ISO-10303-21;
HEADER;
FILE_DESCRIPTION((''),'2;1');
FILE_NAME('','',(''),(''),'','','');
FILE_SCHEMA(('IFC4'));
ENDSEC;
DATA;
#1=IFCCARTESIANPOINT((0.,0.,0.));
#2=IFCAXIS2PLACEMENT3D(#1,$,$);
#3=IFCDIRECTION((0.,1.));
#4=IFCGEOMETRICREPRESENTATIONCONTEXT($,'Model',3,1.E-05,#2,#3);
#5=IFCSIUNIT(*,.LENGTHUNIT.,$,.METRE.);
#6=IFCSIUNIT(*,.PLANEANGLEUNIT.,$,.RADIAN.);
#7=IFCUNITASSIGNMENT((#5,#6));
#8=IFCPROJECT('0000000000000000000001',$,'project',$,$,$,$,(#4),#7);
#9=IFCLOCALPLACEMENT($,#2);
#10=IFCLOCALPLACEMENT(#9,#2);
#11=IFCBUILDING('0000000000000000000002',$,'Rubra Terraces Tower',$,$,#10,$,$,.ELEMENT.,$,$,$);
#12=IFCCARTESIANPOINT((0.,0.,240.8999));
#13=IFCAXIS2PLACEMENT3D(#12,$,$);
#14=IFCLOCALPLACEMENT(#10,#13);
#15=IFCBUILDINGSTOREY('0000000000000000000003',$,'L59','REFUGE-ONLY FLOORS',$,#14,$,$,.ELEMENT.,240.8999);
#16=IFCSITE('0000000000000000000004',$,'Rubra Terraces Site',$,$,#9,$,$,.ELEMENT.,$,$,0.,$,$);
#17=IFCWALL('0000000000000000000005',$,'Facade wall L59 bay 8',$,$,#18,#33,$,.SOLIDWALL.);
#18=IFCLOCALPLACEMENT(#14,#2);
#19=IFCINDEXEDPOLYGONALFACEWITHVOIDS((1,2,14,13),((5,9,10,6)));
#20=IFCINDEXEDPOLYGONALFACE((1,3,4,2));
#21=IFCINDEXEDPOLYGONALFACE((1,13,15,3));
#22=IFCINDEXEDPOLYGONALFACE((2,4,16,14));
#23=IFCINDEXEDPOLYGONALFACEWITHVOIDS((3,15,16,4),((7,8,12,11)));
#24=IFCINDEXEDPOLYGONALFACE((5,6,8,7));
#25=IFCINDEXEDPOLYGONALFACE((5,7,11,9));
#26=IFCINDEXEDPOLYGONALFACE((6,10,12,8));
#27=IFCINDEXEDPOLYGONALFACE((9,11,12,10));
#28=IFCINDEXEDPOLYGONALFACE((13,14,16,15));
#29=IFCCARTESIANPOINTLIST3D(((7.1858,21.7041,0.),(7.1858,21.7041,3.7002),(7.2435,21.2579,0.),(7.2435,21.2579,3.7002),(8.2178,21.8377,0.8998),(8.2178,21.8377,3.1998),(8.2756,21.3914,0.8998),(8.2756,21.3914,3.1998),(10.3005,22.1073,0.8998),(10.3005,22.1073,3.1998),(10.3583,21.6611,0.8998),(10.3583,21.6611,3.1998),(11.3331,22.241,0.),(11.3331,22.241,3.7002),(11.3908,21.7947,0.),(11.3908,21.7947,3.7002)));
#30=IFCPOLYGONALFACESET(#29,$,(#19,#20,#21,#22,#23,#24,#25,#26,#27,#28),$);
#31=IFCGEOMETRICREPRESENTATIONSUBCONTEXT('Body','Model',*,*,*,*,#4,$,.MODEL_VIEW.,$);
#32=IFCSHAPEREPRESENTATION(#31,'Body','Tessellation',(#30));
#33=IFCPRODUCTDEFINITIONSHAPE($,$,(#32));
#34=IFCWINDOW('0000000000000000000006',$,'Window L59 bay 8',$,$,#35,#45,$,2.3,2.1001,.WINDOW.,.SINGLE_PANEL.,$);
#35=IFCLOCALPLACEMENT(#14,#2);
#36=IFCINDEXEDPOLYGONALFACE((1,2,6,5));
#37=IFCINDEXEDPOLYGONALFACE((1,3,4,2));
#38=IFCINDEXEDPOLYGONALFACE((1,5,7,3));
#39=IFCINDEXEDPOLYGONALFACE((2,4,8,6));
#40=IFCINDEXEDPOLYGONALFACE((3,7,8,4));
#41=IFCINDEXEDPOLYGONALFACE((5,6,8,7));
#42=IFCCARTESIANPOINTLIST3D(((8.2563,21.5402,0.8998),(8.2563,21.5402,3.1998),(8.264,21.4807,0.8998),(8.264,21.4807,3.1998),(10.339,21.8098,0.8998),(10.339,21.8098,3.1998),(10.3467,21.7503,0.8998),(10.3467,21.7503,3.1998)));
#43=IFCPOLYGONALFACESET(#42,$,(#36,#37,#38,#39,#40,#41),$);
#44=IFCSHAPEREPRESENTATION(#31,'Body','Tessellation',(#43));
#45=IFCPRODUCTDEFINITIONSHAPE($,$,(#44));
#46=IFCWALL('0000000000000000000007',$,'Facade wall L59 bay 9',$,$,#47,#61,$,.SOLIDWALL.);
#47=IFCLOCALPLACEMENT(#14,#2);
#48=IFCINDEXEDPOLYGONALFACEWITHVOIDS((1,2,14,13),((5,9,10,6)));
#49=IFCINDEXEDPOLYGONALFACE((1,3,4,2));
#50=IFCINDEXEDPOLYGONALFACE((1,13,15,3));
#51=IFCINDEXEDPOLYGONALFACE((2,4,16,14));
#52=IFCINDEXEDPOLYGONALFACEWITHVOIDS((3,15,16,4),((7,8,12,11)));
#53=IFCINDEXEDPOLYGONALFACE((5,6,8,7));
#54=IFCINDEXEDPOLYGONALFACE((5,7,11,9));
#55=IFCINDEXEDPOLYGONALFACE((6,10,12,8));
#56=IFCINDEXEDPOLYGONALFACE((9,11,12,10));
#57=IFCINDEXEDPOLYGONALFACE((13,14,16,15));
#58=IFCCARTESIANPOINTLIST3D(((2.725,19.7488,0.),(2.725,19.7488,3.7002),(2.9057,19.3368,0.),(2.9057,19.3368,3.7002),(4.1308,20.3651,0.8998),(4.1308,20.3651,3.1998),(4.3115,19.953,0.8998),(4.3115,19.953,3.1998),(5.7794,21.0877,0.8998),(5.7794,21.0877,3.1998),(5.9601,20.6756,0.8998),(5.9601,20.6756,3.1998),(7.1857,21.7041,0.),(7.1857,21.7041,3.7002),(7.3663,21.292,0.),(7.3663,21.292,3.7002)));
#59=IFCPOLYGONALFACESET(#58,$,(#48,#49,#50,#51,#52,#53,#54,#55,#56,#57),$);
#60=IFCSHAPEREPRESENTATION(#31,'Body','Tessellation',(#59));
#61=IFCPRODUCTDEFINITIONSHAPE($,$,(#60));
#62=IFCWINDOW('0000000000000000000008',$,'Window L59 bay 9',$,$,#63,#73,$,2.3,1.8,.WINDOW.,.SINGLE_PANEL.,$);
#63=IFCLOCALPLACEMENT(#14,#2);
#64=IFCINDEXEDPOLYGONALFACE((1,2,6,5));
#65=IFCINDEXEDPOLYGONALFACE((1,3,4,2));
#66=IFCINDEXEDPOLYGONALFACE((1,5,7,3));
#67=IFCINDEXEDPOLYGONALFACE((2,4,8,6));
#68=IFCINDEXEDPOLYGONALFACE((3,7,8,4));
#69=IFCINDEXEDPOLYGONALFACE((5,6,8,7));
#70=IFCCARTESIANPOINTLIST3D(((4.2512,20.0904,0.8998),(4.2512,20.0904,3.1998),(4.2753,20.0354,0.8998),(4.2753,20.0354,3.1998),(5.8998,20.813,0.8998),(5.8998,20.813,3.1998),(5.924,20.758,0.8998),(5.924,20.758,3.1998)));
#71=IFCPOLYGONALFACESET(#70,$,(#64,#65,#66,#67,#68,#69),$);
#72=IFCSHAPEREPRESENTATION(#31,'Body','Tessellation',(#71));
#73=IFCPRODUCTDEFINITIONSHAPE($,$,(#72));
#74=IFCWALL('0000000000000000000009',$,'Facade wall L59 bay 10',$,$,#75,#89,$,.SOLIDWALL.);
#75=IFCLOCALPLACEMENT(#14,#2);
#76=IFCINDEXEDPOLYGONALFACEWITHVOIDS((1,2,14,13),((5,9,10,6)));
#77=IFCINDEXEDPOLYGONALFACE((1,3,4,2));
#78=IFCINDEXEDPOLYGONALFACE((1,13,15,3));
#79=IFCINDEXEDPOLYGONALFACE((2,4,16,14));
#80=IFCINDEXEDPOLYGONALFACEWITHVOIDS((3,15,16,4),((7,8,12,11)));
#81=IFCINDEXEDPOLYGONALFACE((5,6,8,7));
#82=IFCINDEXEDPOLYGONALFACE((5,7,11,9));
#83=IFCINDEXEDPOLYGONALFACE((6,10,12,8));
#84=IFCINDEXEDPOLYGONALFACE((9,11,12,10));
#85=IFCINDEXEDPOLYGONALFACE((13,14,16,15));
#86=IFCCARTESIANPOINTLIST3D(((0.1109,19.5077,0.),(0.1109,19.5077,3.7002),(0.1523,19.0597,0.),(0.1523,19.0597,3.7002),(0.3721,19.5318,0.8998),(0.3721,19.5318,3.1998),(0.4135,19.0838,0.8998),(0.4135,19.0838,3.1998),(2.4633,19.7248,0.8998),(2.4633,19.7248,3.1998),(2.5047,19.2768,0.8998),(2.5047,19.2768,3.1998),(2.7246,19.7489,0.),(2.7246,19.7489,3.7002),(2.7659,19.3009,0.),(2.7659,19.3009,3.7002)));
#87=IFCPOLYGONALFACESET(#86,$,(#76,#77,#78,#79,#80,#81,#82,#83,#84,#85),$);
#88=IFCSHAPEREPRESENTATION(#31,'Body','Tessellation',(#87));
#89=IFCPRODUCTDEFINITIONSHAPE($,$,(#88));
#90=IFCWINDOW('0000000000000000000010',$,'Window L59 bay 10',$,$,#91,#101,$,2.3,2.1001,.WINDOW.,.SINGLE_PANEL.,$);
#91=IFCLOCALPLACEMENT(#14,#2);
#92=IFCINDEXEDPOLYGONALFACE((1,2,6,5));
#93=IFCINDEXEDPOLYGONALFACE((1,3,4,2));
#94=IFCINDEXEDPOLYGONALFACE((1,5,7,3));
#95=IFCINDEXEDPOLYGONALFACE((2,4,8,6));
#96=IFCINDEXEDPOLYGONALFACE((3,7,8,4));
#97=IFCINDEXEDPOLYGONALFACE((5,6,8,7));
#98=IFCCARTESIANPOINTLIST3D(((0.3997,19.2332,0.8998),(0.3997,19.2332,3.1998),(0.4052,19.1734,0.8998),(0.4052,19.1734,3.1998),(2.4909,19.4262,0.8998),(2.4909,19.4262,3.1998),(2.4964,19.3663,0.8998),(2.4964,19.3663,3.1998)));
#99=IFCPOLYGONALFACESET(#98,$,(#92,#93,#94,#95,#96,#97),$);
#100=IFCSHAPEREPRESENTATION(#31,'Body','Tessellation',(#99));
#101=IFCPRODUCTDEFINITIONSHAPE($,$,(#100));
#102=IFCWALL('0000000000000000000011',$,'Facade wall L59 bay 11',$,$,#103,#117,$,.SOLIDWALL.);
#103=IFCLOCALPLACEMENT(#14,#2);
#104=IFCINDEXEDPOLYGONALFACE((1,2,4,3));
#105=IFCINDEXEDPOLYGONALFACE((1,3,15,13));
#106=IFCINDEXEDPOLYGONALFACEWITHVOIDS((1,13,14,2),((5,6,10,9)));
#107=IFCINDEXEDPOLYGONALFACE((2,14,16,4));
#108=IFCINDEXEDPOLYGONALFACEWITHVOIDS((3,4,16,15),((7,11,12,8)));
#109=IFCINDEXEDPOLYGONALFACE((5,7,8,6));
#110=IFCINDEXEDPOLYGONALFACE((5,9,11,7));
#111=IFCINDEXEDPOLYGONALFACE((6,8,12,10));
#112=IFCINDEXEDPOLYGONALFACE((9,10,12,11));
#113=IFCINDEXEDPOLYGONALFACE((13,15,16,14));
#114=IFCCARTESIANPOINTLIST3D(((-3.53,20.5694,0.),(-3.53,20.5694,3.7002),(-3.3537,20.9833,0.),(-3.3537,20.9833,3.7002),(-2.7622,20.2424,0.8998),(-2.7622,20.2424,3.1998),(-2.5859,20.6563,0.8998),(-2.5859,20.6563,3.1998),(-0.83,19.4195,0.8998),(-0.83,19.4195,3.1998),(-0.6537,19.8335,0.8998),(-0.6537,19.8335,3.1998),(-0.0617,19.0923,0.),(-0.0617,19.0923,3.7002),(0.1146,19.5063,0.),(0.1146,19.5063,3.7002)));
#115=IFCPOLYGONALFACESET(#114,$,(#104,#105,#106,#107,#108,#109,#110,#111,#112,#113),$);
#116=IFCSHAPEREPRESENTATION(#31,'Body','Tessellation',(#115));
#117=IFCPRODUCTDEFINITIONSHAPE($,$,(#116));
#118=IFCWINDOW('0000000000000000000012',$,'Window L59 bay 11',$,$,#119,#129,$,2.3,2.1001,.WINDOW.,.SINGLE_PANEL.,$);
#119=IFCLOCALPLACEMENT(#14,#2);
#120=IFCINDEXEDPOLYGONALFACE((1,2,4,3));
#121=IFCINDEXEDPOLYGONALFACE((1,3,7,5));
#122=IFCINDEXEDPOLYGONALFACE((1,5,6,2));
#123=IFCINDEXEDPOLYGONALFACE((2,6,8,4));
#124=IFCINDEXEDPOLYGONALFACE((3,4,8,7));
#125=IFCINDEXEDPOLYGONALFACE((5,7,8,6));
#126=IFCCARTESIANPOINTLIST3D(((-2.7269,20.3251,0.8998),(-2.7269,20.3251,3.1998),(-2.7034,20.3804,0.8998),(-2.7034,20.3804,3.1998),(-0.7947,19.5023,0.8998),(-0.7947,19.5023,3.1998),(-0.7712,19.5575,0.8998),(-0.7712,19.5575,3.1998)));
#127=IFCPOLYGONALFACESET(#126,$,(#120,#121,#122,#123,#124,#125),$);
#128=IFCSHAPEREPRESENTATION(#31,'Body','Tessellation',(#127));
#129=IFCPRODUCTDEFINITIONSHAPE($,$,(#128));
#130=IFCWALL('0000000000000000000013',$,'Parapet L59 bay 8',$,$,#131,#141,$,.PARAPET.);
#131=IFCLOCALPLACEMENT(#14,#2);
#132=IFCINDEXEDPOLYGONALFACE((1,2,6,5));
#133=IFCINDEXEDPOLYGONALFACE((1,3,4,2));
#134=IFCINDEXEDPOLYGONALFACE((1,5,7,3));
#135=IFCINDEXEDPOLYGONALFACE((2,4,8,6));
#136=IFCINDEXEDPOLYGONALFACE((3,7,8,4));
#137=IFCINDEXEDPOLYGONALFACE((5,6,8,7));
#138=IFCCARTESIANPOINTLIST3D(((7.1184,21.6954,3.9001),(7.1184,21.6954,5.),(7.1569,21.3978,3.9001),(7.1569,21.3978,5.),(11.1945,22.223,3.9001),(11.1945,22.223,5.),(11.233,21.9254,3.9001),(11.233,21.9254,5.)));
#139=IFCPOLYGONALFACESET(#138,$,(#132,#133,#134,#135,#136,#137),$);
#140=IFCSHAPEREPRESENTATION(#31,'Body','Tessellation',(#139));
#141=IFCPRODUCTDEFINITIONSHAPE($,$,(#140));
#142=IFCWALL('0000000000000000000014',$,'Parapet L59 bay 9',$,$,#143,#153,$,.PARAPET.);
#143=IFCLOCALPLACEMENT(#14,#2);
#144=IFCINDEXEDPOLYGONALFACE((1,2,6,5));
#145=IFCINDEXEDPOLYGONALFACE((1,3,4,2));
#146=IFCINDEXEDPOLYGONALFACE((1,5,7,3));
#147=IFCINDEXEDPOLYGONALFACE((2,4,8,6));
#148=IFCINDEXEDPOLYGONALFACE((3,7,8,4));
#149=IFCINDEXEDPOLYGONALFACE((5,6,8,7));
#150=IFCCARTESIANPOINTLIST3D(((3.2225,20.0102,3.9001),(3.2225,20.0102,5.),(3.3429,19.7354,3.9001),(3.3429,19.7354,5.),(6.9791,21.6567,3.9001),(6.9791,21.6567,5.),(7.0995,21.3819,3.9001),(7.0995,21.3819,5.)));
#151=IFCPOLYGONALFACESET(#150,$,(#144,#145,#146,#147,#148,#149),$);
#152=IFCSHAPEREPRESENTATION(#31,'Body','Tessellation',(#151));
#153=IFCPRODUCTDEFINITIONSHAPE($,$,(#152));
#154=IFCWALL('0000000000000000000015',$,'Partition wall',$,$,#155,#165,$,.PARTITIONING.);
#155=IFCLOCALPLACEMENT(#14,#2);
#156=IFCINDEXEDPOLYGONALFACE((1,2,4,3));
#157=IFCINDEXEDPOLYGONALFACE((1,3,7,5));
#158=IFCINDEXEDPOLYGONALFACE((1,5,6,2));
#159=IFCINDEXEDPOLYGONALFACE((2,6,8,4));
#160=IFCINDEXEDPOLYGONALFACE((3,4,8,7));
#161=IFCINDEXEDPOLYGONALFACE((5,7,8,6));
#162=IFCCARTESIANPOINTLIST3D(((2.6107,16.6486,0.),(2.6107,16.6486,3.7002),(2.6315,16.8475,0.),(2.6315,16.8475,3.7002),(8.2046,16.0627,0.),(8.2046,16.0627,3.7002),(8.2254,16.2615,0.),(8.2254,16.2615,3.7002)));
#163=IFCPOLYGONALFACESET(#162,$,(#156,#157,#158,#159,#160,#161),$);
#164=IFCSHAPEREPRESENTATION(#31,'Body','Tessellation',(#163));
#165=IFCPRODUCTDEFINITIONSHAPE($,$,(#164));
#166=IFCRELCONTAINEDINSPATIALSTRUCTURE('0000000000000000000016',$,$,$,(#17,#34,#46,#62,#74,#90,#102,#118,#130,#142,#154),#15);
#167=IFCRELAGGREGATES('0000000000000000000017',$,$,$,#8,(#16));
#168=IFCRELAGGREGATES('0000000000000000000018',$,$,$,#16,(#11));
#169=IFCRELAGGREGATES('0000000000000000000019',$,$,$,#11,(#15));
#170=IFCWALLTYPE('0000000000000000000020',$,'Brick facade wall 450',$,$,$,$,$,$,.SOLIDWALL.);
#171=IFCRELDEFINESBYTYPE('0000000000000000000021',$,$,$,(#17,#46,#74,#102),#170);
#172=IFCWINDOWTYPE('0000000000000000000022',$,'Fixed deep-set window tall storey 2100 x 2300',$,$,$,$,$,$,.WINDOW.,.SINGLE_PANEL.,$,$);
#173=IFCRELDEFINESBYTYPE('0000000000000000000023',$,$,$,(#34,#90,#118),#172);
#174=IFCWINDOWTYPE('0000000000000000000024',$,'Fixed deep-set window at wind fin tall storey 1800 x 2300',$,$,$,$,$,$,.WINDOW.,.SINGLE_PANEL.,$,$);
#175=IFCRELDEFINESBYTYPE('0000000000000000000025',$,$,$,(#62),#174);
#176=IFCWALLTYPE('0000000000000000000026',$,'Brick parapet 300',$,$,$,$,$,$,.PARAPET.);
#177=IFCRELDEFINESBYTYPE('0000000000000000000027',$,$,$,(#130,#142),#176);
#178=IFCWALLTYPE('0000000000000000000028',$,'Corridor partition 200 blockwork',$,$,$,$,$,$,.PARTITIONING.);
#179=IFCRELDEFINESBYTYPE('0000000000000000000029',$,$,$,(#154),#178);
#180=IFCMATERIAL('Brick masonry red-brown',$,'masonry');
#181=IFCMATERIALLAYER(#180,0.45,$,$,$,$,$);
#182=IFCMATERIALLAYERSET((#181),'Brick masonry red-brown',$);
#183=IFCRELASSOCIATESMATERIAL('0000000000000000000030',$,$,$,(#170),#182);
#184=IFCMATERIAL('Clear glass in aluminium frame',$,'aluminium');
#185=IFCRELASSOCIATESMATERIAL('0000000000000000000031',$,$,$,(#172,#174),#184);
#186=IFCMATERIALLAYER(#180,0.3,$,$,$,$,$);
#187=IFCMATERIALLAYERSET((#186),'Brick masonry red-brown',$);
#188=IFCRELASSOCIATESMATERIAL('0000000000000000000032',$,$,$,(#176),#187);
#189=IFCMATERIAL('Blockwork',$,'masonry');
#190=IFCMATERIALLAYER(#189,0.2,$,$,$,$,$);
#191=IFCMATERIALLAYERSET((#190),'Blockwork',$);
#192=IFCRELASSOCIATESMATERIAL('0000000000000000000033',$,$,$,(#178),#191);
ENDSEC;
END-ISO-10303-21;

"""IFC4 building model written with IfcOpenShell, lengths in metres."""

from ifc_helpers import new_model, si_unit, direction, frame, frame_2d, origin, place, context, subcontext, project, spatial, rectangle, extrude, material, layer, layer_set, type_object, element, fill, save


model = new_model("IFC4")

# Units and contexts
model_context = context("Model", 3, precision=1e-05, world=origin(), true_north=direction((0.0, 1.0)))
body_context = subcontext(model_context, "Body", "Model", "MODEL_VIEW")
ifc_project = project(units=[si_unit("LENGTHUNIT", "METRE"), si_unit("PLANEANGLEUNIT", "RADIAN")], contexts=[model_context])

# Site, building, storey
site_placement = place(None, origin())
site = spatial("IfcSite", under=ifc_project, at=site_placement, Name="Rubra Terraces Site", CompositionType="ELEMENT", RefElevation=0.0)
building_placement = place(site_placement, origin())
building = spatial("IfcBuilding", under=site, at=building_placement, Name="Rubra Terraces Tower", CompositionType="ELEMENT")
storey_placement = place(building_placement, frame((0.0, 0.0, 240.8999)))
storey = spatial("IfcBuildingStorey", under=building, at=storey_placement, Name="L59", Description="REFUGE-ONLY FLOORS", CompositionType="ELEMENT", Elevation=240.8999)

# Walls, openings, windows
ifc_material_1 = material(Name="Brick masonry red-brown", Category="masonry")
ifc_layer_1 = layer(ifc_material_1, 0.45)
ifc_layer_set_1 = layer_set([ifc_layer_1], Name="Brick masonry red-brown")
wall_type_1 = type_object("IfcWallType", Name="Brick facade wall 450", PredefinedType="SOLIDWALL", material=ifc_layer_set_1)
wall_1_placement = place(storey_placement, frame((11.3618, 22.0178, 0.0), z_axis=(0.0, 0.0, 1.0), x_axis=(-0.991725, -0.128381, 0.0)))
wall_1 = element("IfcWall", 1, at=wall_1_placement, inside=storey, type_object=wall_type_1, Name="Facade wall L59 bay 8", PredefinedType="SOLIDWALL", context=body_context, shape_type="SweptSolid", body=[
    extrude(rectangle(XDim=4.1819, YDim=0.45, at=frame_2d((2.0908, 0.0))), origin(), (0.0, 0.0, 1.0), 3.7002),
])
opening_1_placement = place(wall_1_placement, frame((1.041, 0.0, 0.8999)))
opening_1 = element("IfcOpeningElement", 2, at=opening_1_placement, cuts=wall_1, PredefinedType="OPENING", context=body_context, shape_type="SweptSolid", body=[
    extrude(rectangle(XDim=2.1001, YDim=2.3, at=frame_2d((1.05, 1.1499))), frame((0.0, 0.2349, 0.0), z_axis=(0.0, -1.0, 0.0), x_axis=(1.0, 0.0, 0.0)), (0.0, 0.0, 1.0), 0.47),
])
ifc_material_2 = material(Name="Clear glass in aluminium frame", Category="aluminium")
window_type_1 = type_object("IfcWindowType", Name="Fixed deep-set window tall storey 2100 x 2300", PartitioningType="SINGLE_PANEL", PredefinedType="WINDOW", material=ifc_material_2)
window_1_placement = place(opening_1_placement, origin())
window_1 = element("IfcWindow", 3, at=window_1_placement, inside=storey, type_object=window_type_1, Name="Window L59 bay 8", OverallHeight=2.3, OverallWidth=2.1001, PartitioningType="SINGLE_PANEL", PredefinedType="WINDOW", context=body_context, shape_type="SweptSolid", body=[
    extrude(rectangle(XDim=2.1001, YDim=2.3, at=frame_2d((1.05, 1.1499))), frame((0.0, 0.135, 0.0), z_axis=(0.0, -1.0, 0.0), x_axis=(1.0, 0.0, 0.0)), (0.0, 0.0, 1.0), 0.0601),
])
fill(opening_1, window_1)
wall_2_placement = place(storey_placement, frame((7.2759, 21.498, 0.0), z_axis=(0.0, 0.0, 1.0), x_axis=(-0.915873, -0.401468, 0.0)))
wall_2 = element("IfcWall", 4, at=wall_2_placement, inside=storey, type_object=wall_type_1, Name="Facade wall L59 bay 9", PredefinedType="SOLIDWALL", context=body_context, shape_type="SweptSolid", body=[
    extrude(rectangle(XDim=4.8704, YDim=0.45, at=frame_2d((2.4351, 0.0))), origin(), (0.0, 0.0, 1.0), 3.7002),
])
opening_2_placement = place(wall_2_placement, frame((1.5354, 0.0, 0.8999)))
opening_2 = element("IfcOpeningElement", 5, at=opening_2_placement, cuts=wall_2, PredefinedType="OPENING", context=body_context, shape_type="SweptSolid", body=[
    extrude(rectangle(XDim=1.8, YDim=2.3, at=frame_2d((0.8999, 1.1499))), frame((0.0, 0.2349, 0.0), z_axis=(0.0, -1.0, 0.0), x_axis=(1.0, 0.0, 0.0)), (0.0, 0.0, 1.0), 0.47),
])
window_type_2 = type_object("IfcWindowType", Name="Fixed deep-set window at wind fin tall storey 1800 x 2300", PartitioningType="SINGLE_PANEL", PredefinedType="WINDOW", material=ifc_material_2)
window_2_placement = place(opening_2_placement, origin())
window_2 = element("IfcWindow", 6, at=window_2_placement, inside=storey, type_object=window_type_2, Name="Window L59 bay 9", OverallHeight=2.3, OverallWidth=1.8, PartitioningType="SINGLE_PANEL", PredefinedType="WINDOW", context=body_context, shape_type="SweptSolid", body=[
    extrude(rectangle(XDim=1.8, YDim=2.3, at=frame_2d((0.8999, 1.1499))), frame((0.0, 0.135, 0.0), z_axis=(0.0, -1.0, 0.0), x_axis=(1.0, 0.0, 0.0)), (0.0, 0.0, 1.0), 0.0601),
])
fill(opening_2, window_2)
wall_3_placement = place(storey_placement, frame((2.7454, 19.5249, 0.0), z_axis=(0.0, 0.0, 1.0), x_axis=(-0.995769, -0.091894, 0.0)))
wall_3 = element("IfcWall", 7, at=wall_3_placement, inside=storey, type_object=wall_type_1, Name="Facade wall L59 bay 10", PredefinedType="SOLIDWALL", context=body_context, shape_type="SweptSolid", body=[
    extrude(rectangle(XDim=2.6248, YDim=0.45, at=frame_2d((1.3125, 0.0))), origin(), (0.0, 0.0, 1.0), 3.7002),
])
opening_3_placement = place(wall_3_placement, frame((0.2625, 0.0, 0.8999)))
opening_3 = element("IfcOpeningElement", 8, at=opening_3_placement, cuts=wall_3, PredefinedType="OPENING", context=body_context, shape_type="SweptSolid", body=[
    extrude(rectangle(XDim=2.1001, YDim=2.3, at=frame_2d((1.05, 1.1499))), frame((0.0, 0.2349, 0.0), z_axis=(0.0, -1.0, 0.0), x_axis=(1.0, 0.0, 0.0)), (0.0, 0.0, 1.0), 0.47),
])
window_3_placement = place(opening_3_placement, origin())
window_3 = element("IfcWindow", 9, at=window_3_placement, inside=storey, type_object=window_type_1, Name="Window L59 bay 10", OverallHeight=2.3, OverallWidth=2.1001, PartitioningType="SINGLE_PANEL", PredefinedType="WINDOW", context=body_context, shape_type="SweptSolid", body=[
    extrude(rectangle(XDim=2.1001, YDim=2.3, at=frame_2d((1.05, 1.1499))), frame((0.0, 0.135, 0.0), z_axis=(0.0, -1.0, 0.0), x_axis=(1.0, 0.0, 0.0)), (0.0, 0.0, 1.0), 0.0601),
])
fill(opening_3, window_3)
wall_4_placement = place(storey_placement, frame((0.0264, 19.2993, 0.0), z_axis=(0.0, 0.0, 1.0), x_axis=(-0.92004, 0.391823, 0.0)))
wall_4 = element("IfcWall", 10, at=wall_4_placement, inside=storey, type_object=wall_type_1, Name="Facade wall L59 bay 11", PredefinedType="SOLIDWALL", context=body_context, shape_type="SweptSolid", body=[
    extrude(rectangle(XDim=3.7698, YDim=0.45, at=frame_2d((1.8848, 0.0))), origin(), (0.0, 0.0, 1.0), 3.7002),
])
opening_4_placement = place(wall_4_placement, frame((0.835, 0.0, 0.8999)))
opening_4 = element("IfcOpeningElement", 11, at=opening_4_placement, cuts=wall_4, PredefinedType="OPENING", context=body_context, shape_type="SweptSolid", body=[
    extrude(rectangle(XDim=2.1001, YDim=2.3, at=frame_2d((1.05, 1.1499))), frame((0.0, 0.2349, 0.0), z_axis=(0.0, -1.0, 0.0), x_axis=(1.0, 0.0, 0.0)), (0.0, 0.0, 1.0), 0.47),
])
window_4_placement = place(opening_4_placement, origin())
window_4 = element("IfcWindow", 12, at=window_4_placement, inside=storey, type_object=window_type_1, Name="Window L59 bay 11", OverallHeight=2.3, OverallWidth=2.1001, PartitioningType="SINGLE_PANEL", PredefinedType="WINDOW", context=body_context, shape_type="SweptSolid", body=[
    extrude(rectangle(XDim=2.1001, YDim=2.3, at=frame_2d((1.05, 1.1499))), frame((0.0, 0.135, 0.0), z_axis=(0.0, -1.0, 0.0), x_axis=(1.0, 0.0, 0.0)), (0.0, 0.0, 1.0), 0.0601),
])
fill(opening_4, window_4)

# Walls
ifc_layer_2 = layer(ifc_material_1, 0.3)
ifc_layer_set_2 = layer_set([ifc_layer_2], Name="Brick masonry red-brown")
wall_type_2 = type_object("IfcWallType", Name="Brick parapet 300", PredefinedType="PARAPET", material=ifc_layer_set_2)
wall_5_placement = place(storey_placement, frame((11.2139, 22.0742, 3.9001), z_axis=(0.0, 0.0, 1.0), x_axis=(-0.991727, -0.128361, 0.0)))
element("IfcWall", 13, at=wall_5_placement, inside=storey, type_object=wall_type_2, Name="Parapet L59 bay 8", PredefinedType="PARAPET", context=body_context, shape_type="SweptSolid", body=[
    extrude(rectangle(XDim=4.1101, YDim=0.3, at=frame_2d((2.0552, 0.0))), origin(), (0.0, 0.0, 1.0), 1.0999),
])
wall_6_placement = place(storey_placement, frame((7.0393, 21.5193, 3.9001), z_axis=(0.0, 0.0, 1.0), x_axis=(-0.915891, -0.401428, 0.0)))
element("IfcWall", 14, at=wall_6_placement, inside=storey, type_object=wall_type_2, Name="Parapet L59 bay 9", PredefinedType="PARAPET", context=body_context, shape_type="SweptSolid", body=[
    extrude(rectangle(XDim=4.1016, YDim=0.3, at=frame_2d((2.0508, 0.0))), origin(), (0.0, 0.0, 1.0), 1.0999),
])
ifc_material_3 = material(Name="Blockwork", Category="masonry")
ifc_layer_3 = layer(ifc_material_3, 0.2)
ifc_layer_set_3 = layer_set([ifc_layer_3], Name="Blockwork")
wall_type_3 = type_object("IfcWallType", Name="Corridor partition 200 blockwork", PredefinedType="PARTITIONING", material=ifc_layer_set_3)
wall_7_placement = place(storey_placement, frame((2.6211, 16.748, 0.0), z_axis=(0.0, 0.0, 1.0), x_axis=(0.994559, -0.104174, 0.0)))
element("IfcWall", 15, at=wall_7_placement, inside=storey, type_object=wall_type_3, Name="Partition wall", PredefinedType="PARTITIONING", context=body_context, shape_type="SweptSolid", body=[
    extrude(rectangle(XDim=5.6245, YDim=0.2, at=frame_2d((2.8123, 0.0))), origin(), (0.0, 0.0, 1.0), 3.7002),
])

save(model, "model.ifc")
